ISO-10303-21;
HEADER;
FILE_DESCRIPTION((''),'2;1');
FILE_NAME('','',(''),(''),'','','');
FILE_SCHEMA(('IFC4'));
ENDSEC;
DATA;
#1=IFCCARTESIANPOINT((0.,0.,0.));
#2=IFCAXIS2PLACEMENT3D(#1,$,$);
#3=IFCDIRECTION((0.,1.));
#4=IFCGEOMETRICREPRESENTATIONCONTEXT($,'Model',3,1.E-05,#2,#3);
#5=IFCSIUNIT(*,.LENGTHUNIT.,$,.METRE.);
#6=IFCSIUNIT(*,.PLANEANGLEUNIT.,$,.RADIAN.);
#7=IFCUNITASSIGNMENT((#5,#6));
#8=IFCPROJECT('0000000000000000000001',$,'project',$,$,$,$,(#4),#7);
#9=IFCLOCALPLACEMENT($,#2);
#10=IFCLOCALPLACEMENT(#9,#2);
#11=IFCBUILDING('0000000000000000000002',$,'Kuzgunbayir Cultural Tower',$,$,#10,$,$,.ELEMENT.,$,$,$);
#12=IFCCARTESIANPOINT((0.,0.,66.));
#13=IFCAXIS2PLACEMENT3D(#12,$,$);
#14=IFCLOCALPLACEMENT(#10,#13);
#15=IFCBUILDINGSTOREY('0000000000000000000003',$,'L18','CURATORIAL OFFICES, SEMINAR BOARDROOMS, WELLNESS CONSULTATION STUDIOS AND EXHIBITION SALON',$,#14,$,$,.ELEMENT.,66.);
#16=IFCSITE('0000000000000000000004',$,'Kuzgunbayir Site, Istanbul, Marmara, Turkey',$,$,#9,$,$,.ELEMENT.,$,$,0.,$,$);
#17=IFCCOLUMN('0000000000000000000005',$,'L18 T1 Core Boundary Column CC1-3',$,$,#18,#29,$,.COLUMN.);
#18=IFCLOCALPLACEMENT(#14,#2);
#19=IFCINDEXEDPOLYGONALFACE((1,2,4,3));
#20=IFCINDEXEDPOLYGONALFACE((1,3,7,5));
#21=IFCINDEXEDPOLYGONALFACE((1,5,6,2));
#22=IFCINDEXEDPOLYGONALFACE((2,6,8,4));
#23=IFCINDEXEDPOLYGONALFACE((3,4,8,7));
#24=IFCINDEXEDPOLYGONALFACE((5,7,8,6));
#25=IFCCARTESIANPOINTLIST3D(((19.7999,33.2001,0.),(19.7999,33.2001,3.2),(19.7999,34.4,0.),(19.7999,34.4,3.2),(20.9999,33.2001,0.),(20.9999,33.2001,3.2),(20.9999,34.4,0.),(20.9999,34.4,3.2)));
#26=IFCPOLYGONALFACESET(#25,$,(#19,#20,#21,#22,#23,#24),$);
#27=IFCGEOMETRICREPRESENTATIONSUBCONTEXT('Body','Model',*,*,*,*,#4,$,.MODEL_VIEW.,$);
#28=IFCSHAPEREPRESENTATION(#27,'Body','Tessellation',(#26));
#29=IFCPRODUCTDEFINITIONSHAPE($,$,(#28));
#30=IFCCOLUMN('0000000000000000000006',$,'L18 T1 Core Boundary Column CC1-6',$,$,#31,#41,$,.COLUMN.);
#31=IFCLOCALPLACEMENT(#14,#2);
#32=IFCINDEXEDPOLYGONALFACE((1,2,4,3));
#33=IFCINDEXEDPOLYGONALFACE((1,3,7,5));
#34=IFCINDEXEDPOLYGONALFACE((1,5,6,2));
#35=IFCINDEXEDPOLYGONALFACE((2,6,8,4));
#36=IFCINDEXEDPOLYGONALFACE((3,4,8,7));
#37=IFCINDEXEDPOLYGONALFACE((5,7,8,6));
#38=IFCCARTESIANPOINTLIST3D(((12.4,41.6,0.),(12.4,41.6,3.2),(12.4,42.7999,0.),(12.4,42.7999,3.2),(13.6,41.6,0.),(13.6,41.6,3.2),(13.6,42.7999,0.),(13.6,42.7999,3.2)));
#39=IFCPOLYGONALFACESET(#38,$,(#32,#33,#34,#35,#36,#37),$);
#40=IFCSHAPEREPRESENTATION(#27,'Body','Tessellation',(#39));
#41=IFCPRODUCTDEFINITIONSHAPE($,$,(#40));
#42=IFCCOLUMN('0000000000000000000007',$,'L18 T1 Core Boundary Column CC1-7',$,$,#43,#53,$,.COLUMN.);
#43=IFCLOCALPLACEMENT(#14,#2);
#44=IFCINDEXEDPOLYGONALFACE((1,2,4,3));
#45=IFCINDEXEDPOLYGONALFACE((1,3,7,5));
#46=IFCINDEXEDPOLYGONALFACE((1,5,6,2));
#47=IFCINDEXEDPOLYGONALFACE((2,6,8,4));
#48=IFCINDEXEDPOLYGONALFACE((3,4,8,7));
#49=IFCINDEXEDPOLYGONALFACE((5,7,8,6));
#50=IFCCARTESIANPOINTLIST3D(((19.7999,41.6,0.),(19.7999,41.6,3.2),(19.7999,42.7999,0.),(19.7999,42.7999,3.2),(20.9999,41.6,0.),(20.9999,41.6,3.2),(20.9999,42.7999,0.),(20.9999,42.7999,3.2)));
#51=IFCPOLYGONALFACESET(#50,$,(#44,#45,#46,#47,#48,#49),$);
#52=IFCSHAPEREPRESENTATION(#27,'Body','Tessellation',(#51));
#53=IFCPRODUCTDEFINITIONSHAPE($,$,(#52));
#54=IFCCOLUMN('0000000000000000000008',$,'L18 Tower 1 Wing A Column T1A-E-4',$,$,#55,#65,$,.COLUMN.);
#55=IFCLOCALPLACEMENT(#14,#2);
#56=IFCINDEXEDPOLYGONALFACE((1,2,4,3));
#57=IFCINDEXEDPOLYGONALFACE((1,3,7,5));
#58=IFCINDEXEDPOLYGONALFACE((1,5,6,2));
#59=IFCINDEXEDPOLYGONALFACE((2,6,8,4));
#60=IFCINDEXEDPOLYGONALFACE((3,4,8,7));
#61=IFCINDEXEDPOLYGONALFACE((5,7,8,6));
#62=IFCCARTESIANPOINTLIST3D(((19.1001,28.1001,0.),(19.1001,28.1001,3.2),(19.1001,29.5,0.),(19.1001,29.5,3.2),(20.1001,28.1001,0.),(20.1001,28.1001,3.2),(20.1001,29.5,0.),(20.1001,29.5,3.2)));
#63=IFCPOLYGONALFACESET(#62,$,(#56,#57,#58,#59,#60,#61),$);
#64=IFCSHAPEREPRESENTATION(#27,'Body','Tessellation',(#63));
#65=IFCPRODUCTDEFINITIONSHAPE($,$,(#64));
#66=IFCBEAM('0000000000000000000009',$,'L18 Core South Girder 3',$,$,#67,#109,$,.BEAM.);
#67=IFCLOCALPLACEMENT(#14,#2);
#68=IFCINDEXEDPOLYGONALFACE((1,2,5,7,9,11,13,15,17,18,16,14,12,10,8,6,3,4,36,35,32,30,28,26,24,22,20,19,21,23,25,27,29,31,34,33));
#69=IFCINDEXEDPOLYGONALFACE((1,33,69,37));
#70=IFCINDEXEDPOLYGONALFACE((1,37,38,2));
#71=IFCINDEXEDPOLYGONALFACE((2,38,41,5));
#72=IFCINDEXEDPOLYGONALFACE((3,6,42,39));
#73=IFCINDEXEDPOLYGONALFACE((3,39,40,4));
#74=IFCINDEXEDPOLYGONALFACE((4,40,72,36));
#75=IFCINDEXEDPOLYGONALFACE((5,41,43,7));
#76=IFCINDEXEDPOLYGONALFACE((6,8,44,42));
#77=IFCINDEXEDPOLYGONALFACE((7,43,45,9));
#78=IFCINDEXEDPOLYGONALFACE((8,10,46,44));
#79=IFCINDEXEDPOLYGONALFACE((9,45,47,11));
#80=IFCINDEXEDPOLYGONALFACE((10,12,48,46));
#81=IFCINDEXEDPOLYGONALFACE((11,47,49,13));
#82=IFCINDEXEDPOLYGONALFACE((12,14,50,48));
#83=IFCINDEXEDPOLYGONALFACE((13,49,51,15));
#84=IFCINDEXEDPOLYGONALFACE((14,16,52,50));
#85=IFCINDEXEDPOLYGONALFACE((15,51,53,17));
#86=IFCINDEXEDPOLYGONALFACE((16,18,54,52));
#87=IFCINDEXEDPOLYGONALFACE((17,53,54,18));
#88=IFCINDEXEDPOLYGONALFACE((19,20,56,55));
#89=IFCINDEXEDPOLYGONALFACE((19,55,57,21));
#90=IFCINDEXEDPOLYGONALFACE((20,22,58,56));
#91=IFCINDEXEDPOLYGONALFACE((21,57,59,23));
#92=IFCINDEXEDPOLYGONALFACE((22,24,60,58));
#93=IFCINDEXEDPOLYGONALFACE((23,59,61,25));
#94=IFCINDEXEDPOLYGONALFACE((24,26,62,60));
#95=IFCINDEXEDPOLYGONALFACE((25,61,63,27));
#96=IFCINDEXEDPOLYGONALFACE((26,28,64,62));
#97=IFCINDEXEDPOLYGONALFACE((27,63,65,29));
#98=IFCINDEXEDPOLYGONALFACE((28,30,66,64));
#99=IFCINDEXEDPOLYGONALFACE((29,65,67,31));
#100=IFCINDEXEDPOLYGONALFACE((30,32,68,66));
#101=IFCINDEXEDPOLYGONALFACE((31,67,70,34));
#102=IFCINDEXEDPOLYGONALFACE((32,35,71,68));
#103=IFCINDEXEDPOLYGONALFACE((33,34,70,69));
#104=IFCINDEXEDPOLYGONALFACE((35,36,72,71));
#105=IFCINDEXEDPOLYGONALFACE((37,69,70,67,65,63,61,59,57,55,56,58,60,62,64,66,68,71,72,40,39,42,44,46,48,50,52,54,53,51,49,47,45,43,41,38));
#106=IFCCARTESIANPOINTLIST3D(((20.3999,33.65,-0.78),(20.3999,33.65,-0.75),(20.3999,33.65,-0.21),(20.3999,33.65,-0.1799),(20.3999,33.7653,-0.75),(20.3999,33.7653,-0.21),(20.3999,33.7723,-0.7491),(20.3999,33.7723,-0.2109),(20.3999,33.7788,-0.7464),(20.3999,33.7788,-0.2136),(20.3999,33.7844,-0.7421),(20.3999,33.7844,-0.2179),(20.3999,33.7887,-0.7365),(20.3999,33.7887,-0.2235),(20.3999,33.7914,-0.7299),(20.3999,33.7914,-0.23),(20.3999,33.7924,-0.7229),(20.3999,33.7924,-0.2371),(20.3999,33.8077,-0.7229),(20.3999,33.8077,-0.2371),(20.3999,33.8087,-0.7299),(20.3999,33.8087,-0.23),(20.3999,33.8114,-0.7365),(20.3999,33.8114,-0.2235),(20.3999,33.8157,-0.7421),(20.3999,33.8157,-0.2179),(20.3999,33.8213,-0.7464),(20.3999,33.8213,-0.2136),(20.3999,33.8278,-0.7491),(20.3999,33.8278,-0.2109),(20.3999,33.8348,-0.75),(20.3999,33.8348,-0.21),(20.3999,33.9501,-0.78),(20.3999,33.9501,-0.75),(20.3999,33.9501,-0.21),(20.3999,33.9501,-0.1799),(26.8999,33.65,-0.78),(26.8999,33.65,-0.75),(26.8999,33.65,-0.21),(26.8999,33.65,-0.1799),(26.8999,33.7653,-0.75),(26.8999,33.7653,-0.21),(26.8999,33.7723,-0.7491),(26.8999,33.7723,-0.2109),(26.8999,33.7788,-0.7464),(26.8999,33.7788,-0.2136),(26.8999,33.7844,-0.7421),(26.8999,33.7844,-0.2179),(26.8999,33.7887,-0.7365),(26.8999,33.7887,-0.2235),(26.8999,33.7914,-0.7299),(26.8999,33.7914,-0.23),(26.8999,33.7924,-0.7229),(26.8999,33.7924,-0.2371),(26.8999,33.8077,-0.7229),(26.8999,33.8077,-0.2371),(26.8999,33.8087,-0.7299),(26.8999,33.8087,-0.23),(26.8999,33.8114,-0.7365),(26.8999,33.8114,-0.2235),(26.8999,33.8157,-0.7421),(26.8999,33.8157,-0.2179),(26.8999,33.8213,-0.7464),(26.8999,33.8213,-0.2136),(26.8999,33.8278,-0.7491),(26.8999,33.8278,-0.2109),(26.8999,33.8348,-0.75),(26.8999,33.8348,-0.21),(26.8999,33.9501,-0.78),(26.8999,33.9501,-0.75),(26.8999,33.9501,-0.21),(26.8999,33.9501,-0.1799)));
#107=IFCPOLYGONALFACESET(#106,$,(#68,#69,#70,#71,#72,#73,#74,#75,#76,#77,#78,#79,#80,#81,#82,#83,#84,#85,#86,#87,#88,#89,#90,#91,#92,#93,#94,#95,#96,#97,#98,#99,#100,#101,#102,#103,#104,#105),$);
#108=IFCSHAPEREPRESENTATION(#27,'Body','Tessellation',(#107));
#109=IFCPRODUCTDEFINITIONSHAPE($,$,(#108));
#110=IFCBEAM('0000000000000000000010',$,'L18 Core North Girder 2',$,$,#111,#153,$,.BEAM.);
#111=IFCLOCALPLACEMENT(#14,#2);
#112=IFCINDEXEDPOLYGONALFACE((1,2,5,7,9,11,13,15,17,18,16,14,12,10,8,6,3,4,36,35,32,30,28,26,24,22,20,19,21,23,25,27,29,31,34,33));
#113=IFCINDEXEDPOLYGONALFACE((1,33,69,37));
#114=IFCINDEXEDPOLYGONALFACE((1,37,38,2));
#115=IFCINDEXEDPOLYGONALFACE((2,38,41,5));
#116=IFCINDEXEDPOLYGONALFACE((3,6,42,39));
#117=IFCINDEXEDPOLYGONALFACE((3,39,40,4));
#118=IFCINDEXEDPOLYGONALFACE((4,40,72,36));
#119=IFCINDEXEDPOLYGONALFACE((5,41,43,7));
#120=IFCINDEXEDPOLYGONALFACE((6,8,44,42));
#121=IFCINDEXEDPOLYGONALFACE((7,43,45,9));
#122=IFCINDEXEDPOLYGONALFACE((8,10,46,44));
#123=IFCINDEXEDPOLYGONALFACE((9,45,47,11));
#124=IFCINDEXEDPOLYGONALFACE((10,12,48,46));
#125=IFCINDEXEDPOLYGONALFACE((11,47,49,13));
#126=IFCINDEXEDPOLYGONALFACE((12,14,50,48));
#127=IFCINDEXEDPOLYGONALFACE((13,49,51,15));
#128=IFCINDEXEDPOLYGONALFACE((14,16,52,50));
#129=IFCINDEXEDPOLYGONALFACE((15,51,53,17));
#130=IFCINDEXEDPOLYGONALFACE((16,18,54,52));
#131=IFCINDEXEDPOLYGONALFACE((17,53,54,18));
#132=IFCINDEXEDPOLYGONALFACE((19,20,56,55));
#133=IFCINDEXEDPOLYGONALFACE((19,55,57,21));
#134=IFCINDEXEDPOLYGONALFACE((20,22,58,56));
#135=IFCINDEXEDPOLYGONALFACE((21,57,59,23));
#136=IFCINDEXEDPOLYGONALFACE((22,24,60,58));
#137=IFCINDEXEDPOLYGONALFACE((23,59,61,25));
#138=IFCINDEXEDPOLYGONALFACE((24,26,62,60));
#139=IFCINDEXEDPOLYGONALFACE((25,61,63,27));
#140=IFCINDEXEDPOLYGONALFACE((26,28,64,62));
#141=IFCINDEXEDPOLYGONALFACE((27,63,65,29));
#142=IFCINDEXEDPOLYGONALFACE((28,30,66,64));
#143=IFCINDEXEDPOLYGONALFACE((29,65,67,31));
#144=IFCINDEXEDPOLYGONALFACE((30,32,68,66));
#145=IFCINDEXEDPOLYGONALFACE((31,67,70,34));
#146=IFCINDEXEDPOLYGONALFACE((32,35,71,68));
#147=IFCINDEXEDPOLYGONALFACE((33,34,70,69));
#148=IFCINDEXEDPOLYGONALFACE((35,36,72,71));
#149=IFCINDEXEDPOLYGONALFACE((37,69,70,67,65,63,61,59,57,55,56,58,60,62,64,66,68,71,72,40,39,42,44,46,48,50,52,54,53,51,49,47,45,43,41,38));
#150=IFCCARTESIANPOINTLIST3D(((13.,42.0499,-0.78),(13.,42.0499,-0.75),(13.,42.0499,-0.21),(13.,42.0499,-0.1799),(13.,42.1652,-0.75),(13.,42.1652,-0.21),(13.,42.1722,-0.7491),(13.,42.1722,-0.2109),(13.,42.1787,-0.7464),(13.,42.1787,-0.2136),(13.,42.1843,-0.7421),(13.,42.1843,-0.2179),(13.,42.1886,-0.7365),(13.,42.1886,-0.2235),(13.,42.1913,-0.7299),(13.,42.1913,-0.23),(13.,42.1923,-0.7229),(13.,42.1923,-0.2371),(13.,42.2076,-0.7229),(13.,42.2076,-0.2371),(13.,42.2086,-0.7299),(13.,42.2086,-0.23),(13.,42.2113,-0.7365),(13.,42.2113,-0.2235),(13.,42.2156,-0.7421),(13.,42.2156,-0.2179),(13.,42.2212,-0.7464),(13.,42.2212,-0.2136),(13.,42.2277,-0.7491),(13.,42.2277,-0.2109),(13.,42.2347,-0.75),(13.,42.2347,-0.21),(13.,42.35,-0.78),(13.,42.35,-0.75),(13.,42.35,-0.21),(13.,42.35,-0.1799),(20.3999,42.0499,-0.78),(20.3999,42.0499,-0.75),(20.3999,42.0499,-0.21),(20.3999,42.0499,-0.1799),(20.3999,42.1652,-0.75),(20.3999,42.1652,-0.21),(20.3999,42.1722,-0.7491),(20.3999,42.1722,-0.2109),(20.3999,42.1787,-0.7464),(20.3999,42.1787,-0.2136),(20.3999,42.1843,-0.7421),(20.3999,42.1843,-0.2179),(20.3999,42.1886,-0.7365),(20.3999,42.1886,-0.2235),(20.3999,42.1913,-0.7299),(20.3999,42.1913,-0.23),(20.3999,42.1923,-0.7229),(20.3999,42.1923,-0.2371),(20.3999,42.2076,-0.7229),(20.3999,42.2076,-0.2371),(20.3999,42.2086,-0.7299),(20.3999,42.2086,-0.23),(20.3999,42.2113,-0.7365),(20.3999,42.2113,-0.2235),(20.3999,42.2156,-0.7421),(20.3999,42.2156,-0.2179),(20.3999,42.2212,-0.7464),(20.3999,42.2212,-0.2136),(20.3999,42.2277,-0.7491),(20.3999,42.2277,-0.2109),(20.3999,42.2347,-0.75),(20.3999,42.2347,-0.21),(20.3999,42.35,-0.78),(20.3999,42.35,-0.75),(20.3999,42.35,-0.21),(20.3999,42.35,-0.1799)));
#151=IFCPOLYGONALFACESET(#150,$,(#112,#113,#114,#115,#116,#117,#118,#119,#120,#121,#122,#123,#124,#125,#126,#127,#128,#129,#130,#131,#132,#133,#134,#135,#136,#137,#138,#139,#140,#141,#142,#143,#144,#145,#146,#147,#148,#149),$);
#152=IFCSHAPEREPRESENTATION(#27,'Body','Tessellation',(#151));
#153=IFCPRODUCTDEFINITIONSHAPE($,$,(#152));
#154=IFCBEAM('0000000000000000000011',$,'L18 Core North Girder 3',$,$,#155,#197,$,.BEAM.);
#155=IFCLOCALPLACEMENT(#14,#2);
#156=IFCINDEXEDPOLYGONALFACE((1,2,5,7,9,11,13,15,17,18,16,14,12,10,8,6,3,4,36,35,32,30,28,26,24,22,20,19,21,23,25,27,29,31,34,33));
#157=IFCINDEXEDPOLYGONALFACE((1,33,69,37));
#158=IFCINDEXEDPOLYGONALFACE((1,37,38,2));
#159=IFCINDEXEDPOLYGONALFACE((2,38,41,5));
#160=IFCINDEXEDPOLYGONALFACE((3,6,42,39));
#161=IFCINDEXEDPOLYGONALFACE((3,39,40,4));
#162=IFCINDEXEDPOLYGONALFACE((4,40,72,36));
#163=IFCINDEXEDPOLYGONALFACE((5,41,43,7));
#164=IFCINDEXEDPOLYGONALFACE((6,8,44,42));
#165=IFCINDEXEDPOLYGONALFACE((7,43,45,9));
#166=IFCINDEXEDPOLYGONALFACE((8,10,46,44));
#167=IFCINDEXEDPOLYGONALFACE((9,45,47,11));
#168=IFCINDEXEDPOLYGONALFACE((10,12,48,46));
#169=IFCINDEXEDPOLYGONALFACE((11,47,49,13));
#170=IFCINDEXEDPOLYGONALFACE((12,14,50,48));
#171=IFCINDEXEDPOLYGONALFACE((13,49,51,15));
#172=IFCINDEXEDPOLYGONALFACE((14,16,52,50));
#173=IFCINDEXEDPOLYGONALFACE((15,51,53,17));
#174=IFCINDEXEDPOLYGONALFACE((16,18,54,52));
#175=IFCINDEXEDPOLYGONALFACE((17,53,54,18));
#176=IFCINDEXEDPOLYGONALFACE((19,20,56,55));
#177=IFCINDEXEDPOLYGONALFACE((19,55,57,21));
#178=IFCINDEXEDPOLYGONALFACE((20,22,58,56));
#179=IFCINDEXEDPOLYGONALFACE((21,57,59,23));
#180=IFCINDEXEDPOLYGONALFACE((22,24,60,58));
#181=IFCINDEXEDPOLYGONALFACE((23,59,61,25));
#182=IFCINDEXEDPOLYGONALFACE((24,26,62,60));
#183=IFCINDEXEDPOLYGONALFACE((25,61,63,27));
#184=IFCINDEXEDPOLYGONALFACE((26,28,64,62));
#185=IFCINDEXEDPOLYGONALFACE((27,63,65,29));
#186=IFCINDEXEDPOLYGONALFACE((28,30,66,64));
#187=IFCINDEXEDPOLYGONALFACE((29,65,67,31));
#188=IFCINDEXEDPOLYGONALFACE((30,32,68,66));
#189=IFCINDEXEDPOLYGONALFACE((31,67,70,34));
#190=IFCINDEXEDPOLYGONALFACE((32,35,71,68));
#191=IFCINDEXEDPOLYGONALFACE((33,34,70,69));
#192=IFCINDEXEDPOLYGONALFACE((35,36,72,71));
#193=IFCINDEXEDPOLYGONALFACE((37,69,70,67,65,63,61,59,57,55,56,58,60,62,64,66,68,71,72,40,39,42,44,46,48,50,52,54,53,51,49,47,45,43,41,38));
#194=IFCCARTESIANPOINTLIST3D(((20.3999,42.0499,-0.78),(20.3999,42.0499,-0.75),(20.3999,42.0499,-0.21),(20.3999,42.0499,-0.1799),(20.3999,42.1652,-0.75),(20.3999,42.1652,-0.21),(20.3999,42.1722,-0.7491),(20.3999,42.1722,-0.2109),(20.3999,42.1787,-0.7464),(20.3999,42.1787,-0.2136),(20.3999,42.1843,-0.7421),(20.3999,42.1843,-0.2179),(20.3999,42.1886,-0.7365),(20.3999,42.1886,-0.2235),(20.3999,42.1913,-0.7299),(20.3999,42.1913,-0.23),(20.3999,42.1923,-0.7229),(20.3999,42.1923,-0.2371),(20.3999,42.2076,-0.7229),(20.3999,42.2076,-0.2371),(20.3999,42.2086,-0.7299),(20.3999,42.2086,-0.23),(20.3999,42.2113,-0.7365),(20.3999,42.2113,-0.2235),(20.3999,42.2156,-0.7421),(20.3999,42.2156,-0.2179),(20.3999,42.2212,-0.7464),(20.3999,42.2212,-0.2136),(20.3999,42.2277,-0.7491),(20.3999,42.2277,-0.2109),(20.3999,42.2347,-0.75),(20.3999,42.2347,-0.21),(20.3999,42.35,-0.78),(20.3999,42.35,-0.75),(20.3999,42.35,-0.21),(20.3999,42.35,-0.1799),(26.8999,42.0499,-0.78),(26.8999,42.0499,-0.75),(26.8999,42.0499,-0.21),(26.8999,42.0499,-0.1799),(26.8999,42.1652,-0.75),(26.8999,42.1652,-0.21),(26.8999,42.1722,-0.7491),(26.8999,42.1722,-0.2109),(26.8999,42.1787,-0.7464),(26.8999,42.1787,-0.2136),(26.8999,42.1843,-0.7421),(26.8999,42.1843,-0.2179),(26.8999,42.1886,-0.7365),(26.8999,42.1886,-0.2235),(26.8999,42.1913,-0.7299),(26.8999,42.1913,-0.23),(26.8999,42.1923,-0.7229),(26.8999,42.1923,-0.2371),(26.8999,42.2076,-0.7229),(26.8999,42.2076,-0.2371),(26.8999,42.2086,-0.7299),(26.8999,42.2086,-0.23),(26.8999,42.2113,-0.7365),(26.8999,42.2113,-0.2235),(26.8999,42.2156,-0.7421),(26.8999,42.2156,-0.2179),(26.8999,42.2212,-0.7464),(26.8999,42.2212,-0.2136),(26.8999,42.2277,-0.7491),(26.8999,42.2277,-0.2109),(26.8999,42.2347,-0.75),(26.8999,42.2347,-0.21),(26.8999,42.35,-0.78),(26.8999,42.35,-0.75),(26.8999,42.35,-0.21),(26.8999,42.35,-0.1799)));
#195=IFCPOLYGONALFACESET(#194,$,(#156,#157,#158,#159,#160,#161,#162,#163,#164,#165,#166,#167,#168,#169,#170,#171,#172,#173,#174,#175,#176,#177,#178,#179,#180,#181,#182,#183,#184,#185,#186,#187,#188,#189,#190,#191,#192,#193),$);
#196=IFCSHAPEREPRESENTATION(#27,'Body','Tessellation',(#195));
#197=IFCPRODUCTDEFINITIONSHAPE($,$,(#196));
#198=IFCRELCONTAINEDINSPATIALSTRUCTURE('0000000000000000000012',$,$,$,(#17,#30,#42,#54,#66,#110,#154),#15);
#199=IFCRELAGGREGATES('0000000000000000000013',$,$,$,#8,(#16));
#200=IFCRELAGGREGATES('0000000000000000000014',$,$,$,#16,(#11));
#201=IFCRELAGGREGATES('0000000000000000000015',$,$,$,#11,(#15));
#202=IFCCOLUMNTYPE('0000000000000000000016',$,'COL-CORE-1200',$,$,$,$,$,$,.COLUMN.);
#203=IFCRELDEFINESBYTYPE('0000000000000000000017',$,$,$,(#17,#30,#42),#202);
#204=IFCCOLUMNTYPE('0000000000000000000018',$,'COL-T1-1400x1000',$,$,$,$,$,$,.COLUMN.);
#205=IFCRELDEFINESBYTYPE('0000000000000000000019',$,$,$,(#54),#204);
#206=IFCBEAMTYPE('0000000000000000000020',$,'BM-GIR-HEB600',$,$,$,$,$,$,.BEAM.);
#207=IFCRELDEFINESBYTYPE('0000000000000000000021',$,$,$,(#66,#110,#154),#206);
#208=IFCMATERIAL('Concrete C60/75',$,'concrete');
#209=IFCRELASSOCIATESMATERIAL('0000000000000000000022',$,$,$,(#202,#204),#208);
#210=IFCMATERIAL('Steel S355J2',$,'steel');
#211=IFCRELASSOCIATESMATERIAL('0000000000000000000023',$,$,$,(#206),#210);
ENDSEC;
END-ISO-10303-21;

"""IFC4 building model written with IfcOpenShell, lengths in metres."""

from ifc_helpers import new_model, si_unit, direction, frame, origin, origin_2d, place, context, subcontext, project, spatial, rectangle, i_section, extrude, material, material_profile, profile_set, type_object, element, save


model = new_model("IFC4")

# Units and contexts
model_context = context("Model", 3, precision=1e-05, world=origin(), true_north=direction((0.0, 1.0)))
body_context = subcontext(model_context, "Body", "Model", "MODEL_VIEW")
ifc_project = project(units=[si_unit("LENGTHUNIT", "METRE"), si_unit("PLANEANGLEUNIT", "RADIAN")], contexts=[model_context])

# Site, building, storey
site_placement = place(None, origin())
site = spatial("IfcSite", under=ifc_project, at=site_placement, Name="Kuzgunbayir Site, Istanbul, Marmara, Turkey", CompositionType="ELEMENT", RefElevation=0.0)
building_placement = place(site_placement, origin())
building = spatial("IfcBuilding", under=site, at=building_placement, Name="Kuzgunbayir Cultural Tower", CompositionType="ELEMENT")
storey_placement = place(building_placement, frame((0.0, 0.0, 66.0)))
storey = spatial("IfcBuildingStorey", under=building, at=storey_placement, Name="L18", Description="CURATORIAL OFFICES, SEMINAR BOARDROOMS, WELLNESS CONSULTATION STUDIOS AND EXHIBITION SALON", CompositionType="ELEMENT", Elevation=66.0)

# Columns
ifc_material_1 = material(Name="Concrete C60/75", Category="concrete")
ifc_material_profile_1 = material_profile(ifc_material_1, rectangle(XDim=1.2, YDim=1.2, at=origin_2d()), Name="RC 1200x1200")
ifc_profile_set_1 = profile_set([ifc_material_profile_1], Name="Concrete C60/75")
column_type_1 = type_object("IfcColumnType", Name="COL-CORE-1200", PredefinedType="COLUMN", material=ifc_profile_set_1)
for number, where, z_axis, x_axis, name in (
    (1, (20.3999, 33.8, 0.0), (0.0, 0.0, 1.0), (1.0, 0.0, 0.0), "L18 T1 Core Boundary Column CC1-3"),
    (2, (13.0, 42.2, 0.0), (0.0, 0.0, 1.0), (1.0, 0.0, 0.0), "L18 T1 Core Boundary Column CC1-6"),
    (3, (20.3999, 42.2, 0.0), (0.0, 0.0, 1.0), (1.0, 0.0, 0.0), "L18 T1 Core Boundary Column CC1-7"),
):
    element("IfcColumn", number, at=place(storey_placement, frame(where, z_axis=z_axis, x_axis=x_axis)), inside=storey, type_object=column_type_1, Name=name, PredefinedType="COLUMN", context=body_context, shape_type="SweptSolid", body=[
        extrude(rectangle(XDim=1.2, YDim=1.2, at=origin_2d()), origin(), (0.0, 0.0, 1.0), 3.2),
    ])
ifc_material_profile_2 = material_profile(ifc_material_1, rectangle(XDim=1.0, YDim=1.3999, at=origin_2d()), Name="RC 1400x1000")
ifc_profile_set_2 = profile_set([ifc_material_profile_2], Name="Concrete C60/75")
column_type_2 = type_object("IfcColumnType", Name="COL-T1-1400x1000", PredefinedType="COLUMN", material=ifc_profile_set_2)
column_placement = place(storey_placement, frame((19.6001, 28.8, 0.0), z_axis=(0.0, 0.0, 1.0), x_axis=(1.0, 0.0, 0.0)))
element("IfcColumn", 4, at=column_placement, inside=storey, type_object=column_type_2, Name="L18 Tower 1 Wing A Column T1A-E-4", PredefinedType="COLUMN", context=body_context, shape_type="SweptSolid", body=[
    extrude(rectangle(XDim=1.0, YDim=1.3999, at=origin_2d()), origin(), (0.0, 0.0, 1.0), 3.2),
])

# Beams
ifc_material_2 = material(Name="Steel S355J2", Category="steel")
ifc_material_profile_3 = material_profile(ifc_material_2, i_section(OverallWidth=0.3, OverallDepth=0.6001, WebThickness=0.0154, FlangeThickness=0.03, FilletRadius=0.0271, at=origin_2d()), Name="HEB 600")
ifc_profile_set_3 = profile_set([ifc_material_profile_3], Name="Steel S355J2")
beam_type = type_object("IfcBeamType", Name="BM-GIR-HEB600", PredefinedType="BEAM", material=ifc_profile_set_3)
beam_1_placement = place(storey_placement, frame((20.3999, 33.8, -0.48), z_axis=(1.0, 0.0, 0.0), x_axis=(0.0, 1.0, 0.0)))
element("IfcBeam", 5, at=beam_1_placement, inside=storey, type_object=beam_type, Name="L18 Core South Girder 3", PredefinedType="BEAM", context=body_context, shape_type="SweptSolid", body=[
    extrude(i_section(OverallWidth=0.3, OverallDepth=0.6001, WebThickness=0.0154, FlangeThickness=0.03, FilletRadius=0.0271, at=origin_2d()), origin(), (0.0, 0.0, 1.0), 6.5),
])
beam_2_placement = place(storey_placement, frame((13.0, 42.2, -0.48), z_axis=(1.0, 0.0, 0.0), x_axis=(0.0, 1.0, 0.0)))
element("IfcBeam", 6, at=beam_2_placement, inside=storey, type_object=beam_type, Name="L18 Core North Girder 2", PredefinedType="BEAM", context=body_context, shape_type="SweptSolid", body=[
    extrude(i_section(OverallWidth=0.3, OverallDepth=0.6001, WebThickness=0.0154, FlangeThickness=0.03, FilletRadius=0.0271, at=origin_2d()), origin(), (0.0, 0.0, 1.0), 7.3999),
])
beam_3_placement = place(storey_placement, frame((20.3999, 42.2, -0.48), z_axis=(1.0, 0.0, 0.0), x_axis=(0.0, 1.0, 0.0)))
element("IfcBeam", 7, at=beam_3_placement, inside=storey, type_object=beam_type, Name="L18 Core North Girder 3", PredefinedType="BEAM", context=body_context, shape_type="SweptSolid", body=[
    extrude(i_section(OverallWidth=0.3, OverallDepth=0.6001, WebThickness=0.0154, FlangeThickness=0.03, FilletRadius=0.0271, at=origin_2d()), origin(), (0.0, 0.0, 1.0), 6.5),
])

save(model, "model.ifc")
